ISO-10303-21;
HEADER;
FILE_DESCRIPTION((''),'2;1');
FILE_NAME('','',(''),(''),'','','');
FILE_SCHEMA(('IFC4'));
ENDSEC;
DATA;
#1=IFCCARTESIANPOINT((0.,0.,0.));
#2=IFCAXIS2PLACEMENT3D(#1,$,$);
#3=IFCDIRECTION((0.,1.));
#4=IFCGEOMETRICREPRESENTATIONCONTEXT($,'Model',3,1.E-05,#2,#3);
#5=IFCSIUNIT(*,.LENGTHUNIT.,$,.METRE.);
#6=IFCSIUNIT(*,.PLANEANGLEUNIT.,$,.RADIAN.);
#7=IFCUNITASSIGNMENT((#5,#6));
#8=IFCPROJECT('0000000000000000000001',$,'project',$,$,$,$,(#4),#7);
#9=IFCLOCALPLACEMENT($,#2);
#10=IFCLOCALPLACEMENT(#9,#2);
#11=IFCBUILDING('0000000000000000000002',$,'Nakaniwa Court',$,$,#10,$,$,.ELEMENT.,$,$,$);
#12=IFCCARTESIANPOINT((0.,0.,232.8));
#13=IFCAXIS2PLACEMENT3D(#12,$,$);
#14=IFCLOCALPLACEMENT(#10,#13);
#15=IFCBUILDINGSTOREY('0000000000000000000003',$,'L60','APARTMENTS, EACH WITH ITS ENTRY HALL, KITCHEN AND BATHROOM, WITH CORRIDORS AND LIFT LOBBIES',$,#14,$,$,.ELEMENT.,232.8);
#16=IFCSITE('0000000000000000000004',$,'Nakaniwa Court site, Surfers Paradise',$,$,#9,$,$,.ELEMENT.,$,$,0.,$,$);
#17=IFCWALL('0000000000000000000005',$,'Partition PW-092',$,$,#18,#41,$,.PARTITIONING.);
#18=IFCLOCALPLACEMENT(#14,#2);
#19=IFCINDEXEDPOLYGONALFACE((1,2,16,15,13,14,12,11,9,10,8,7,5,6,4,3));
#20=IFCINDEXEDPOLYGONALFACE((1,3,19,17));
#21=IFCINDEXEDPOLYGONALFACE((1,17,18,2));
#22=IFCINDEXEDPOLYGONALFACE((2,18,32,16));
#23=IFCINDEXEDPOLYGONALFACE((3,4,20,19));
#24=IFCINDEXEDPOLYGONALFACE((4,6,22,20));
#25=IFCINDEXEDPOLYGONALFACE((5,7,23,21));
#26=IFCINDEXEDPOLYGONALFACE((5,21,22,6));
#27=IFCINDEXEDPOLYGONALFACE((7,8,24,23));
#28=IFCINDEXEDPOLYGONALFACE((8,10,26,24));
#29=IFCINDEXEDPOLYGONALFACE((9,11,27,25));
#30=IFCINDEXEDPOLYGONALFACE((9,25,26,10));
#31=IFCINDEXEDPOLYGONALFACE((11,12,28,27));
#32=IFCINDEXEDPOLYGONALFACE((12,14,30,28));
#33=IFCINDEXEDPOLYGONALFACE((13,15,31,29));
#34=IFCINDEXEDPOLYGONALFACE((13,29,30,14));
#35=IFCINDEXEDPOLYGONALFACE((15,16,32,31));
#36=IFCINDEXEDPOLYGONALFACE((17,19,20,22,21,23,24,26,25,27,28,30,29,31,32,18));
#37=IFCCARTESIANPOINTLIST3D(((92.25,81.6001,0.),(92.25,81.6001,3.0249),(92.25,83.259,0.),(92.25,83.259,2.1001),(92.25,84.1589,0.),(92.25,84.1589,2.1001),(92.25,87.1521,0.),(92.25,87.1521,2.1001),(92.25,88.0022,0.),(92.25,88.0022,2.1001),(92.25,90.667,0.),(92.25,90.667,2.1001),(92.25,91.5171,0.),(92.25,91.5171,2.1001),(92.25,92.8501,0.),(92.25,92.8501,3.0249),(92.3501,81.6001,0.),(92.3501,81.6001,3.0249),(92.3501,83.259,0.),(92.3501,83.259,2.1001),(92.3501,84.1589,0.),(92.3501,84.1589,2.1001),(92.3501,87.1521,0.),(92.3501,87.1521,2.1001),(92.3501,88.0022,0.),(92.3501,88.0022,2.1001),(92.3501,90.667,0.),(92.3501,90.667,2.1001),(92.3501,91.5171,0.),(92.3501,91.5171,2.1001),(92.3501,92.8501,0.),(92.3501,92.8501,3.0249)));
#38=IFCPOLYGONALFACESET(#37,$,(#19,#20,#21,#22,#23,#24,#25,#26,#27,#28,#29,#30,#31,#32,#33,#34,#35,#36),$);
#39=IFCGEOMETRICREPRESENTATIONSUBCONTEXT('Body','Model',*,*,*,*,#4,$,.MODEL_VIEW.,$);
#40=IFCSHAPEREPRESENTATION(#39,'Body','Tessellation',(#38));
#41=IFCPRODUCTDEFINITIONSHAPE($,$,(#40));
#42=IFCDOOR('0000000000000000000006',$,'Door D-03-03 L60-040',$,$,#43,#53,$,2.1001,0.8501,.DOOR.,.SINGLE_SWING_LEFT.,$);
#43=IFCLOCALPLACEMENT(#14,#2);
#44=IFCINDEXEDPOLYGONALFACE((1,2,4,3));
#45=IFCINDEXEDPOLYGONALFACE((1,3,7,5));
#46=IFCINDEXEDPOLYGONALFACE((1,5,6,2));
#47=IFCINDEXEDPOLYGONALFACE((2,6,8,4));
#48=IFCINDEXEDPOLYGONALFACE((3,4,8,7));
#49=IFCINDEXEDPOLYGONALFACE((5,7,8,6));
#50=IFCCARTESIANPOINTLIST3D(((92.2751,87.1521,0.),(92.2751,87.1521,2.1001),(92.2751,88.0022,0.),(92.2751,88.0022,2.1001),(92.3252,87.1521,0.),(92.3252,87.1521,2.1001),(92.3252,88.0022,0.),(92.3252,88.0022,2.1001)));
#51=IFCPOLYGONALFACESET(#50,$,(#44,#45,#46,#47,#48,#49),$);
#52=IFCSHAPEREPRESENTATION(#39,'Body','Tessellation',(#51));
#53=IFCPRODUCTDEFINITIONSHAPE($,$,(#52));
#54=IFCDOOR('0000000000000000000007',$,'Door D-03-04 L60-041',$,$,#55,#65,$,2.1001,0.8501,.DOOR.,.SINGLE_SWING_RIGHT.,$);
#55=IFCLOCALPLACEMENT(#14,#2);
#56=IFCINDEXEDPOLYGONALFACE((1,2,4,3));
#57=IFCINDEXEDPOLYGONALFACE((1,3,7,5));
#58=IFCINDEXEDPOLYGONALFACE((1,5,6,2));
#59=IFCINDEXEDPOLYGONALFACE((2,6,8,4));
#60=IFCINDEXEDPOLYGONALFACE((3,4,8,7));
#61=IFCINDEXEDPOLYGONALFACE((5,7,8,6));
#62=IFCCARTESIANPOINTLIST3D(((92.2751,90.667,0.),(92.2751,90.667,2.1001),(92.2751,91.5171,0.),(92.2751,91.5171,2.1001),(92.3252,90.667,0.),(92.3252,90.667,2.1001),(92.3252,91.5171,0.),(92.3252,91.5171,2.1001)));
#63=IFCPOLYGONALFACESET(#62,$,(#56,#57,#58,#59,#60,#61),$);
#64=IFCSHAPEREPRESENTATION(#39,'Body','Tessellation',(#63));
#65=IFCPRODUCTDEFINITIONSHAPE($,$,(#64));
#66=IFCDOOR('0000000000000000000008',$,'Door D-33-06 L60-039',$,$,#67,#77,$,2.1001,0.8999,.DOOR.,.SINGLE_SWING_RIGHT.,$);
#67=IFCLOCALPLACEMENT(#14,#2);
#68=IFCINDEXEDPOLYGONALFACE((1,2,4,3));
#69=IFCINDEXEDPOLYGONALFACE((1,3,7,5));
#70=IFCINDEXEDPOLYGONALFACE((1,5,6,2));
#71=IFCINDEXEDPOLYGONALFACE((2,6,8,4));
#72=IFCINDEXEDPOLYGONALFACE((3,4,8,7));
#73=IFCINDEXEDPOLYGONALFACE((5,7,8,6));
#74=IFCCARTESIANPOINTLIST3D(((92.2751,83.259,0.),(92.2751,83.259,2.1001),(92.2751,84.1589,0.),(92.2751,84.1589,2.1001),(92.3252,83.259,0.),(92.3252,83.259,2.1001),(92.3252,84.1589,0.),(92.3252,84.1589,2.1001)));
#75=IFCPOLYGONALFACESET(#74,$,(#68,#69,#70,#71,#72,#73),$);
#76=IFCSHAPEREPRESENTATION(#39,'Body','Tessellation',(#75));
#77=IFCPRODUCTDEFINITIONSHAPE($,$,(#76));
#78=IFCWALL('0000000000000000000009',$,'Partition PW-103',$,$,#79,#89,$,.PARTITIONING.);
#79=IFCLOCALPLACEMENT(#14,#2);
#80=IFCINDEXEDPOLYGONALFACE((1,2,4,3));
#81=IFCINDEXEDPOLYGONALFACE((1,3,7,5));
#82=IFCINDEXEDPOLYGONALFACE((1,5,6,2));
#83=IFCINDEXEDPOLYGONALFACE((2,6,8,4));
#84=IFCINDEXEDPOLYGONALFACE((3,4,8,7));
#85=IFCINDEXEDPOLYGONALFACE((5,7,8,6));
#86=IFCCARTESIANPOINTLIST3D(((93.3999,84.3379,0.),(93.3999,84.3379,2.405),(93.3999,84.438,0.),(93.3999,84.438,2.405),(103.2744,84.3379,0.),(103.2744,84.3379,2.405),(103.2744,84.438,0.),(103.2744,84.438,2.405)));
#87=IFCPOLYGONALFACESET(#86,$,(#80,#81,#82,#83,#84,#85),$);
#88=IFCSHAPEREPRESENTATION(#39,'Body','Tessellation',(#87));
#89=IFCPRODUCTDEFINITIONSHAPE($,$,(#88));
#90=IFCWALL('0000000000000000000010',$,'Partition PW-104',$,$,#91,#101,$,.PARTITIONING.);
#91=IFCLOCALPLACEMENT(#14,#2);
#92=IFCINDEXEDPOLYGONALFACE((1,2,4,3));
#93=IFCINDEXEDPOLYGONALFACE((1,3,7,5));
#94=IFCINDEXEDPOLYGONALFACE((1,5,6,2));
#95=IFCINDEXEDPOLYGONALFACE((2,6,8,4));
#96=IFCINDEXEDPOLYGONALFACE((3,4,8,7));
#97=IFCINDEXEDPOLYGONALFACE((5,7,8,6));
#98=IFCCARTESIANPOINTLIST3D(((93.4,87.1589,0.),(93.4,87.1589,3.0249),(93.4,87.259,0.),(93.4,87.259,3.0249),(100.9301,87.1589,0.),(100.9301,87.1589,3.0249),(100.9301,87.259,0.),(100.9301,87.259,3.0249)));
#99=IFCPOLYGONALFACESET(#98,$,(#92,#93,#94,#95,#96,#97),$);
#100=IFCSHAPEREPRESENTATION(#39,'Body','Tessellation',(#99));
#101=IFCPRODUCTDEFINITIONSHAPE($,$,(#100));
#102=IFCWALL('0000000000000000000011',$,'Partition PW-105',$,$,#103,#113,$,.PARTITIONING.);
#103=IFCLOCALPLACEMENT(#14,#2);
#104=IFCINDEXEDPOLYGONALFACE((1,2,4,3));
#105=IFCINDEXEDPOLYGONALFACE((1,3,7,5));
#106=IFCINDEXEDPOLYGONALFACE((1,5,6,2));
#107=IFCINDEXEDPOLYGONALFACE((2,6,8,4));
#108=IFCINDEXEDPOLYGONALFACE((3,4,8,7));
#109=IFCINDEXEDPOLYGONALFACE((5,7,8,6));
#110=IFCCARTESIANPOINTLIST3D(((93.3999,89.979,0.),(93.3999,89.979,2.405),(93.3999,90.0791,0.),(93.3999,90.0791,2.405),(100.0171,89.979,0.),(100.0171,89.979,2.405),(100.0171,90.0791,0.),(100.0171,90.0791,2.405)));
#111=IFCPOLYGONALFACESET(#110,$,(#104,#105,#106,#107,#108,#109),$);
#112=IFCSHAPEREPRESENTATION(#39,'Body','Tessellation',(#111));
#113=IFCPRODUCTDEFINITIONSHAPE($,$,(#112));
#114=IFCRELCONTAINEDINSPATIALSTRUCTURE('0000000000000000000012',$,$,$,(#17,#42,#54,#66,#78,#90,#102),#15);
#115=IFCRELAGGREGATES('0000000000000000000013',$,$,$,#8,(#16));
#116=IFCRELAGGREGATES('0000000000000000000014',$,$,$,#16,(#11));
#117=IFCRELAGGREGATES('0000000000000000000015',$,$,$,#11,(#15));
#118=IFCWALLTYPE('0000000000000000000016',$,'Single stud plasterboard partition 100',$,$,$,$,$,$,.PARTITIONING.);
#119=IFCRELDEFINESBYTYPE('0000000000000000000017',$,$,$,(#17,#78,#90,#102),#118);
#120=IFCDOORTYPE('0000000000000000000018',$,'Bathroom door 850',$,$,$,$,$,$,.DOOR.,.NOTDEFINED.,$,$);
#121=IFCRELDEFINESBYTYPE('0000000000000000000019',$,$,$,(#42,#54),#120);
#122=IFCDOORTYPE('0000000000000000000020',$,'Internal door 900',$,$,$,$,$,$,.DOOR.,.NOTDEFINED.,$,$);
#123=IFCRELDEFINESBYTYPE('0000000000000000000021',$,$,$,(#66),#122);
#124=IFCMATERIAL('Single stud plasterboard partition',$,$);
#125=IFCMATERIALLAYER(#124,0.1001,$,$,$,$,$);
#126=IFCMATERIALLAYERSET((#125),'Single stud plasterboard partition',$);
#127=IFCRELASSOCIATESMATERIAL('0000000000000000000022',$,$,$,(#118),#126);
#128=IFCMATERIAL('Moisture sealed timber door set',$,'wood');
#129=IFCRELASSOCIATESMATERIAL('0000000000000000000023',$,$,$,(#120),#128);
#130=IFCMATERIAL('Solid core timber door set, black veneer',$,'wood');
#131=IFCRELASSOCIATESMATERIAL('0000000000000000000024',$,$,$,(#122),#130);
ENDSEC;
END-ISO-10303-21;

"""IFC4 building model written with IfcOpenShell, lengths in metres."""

from ifc_helpers import new_model, si_unit, direction, frame, frame_2d, origin, place, context, subcontext, project, spatial, rectangle, extrude, material, layer, layer_set, type_object, element, fill, save


model = new_model("IFC4")

# Units and contexts
model_context = context("Model", 3, precision=1e-05, world=origin(), true_north=direction((0.0, 1.0)))
body_context = subcontext(model_context, "Body", "Model", "MODEL_VIEW")
ifc_project = project(units=[si_unit("LENGTHUNIT", "METRE"), si_unit("PLANEANGLEUNIT", "RADIAN")], contexts=[model_context])

# Site, building, storey
site_placement = place(None, origin())
site = spatial("IfcSite", under=ifc_project, at=site_placement, Name="Nakaniwa Court site, Surfers Paradise", CompositionType="ELEMENT", RefElevation=0.0)
building_placement = place(site_placement, origin())
building = spatial("IfcBuilding", under=site, at=building_placement, Name="Nakaniwa Court", CompositionType="ELEMENT")
storey_placement = place(building_placement, frame((0.0, 0.0, 232.8)))
storey = spatial("IfcBuildingStorey", under=building, at=storey_placement, Name="L60", Description="APARTMENTS, EACH WITH ITS ENTRY HALL, KITCHEN AND BATHROOM, WITH CORRIDORS AND LIFT LOBBIES", CompositionType="ELEMENT", Elevation=232.8)

# Wall, openings, doors
ifc_material_1 = material(Name="Single stud plasterboard partition")
ifc_layer_1 = layer(ifc_material_1, 0.1001)
ifc_layer_set_1 = layer_set([ifc_layer_1], Name="Single stud plasterboard partition")
wall_type_1 = type_object("IfcWallType", Name="Single stud plasterboard partition 100", PredefinedType="PARTITIONING", material=ifc_layer_set_1)
wall_1_placement = place(storey_placement, frame((92.3, 81.6001, 0.0), z_axis=(0.0, 0.0, 1.0), x_axis=(0.0, 1.0, 0.0)))
wall_1 = element("IfcWall", 1, at=wall_1_placement, inside=storey, type_object=wall_type_1, Name="Partition PW-092", PredefinedType="PARTITIONING", context=body_context, shape_type="SweptSolid", body=[
    extrude(rectangle(XDim=11.25, YDim=0.1001, at=frame_2d((5.625, 0.0))), origin(), (0.0, 0.0, 1.0), 3.0249),
])
opening_1_placement = place(wall_1_placement, frame((1.6589, 0.0, 0.0)))
opening_1 = element("IfcOpeningElement", 2, at=opening_1_placement, cuts=wall_1, PredefinedType="OPENING", context=body_context, shape_type="SweptSolid", body=[
    extrude(rectangle(XDim=0.8999, YDim=2.1001, at=frame_2d((0.45, 1.05))), frame((0.0, 0.0601, 0.0), z_axis=(0.0, -1.0, 0.0), x_axis=(1.0, 0.0, 0.0)), (0.0, 0.0, 1.0), 0.1201),
])
opening_2_placement = place(wall_1_placement, frame((5.552, 0.0, 0.0)))
opening_2 = element("IfcOpeningElement", 3, at=opening_2_placement, cuts=wall_1, PredefinedType="OPENING", context=body_context, shape_type="SweptSolid", body=[
    extrude(rectangle(XDim=0.8501, YDim=2.1001, at=frame_2d((0.425, 1.05))), frame((0.0, 0.0601, 0.0), z_axis=(0.0, -1.0, 0.0), x_axis=(1.0, 0.0, 0.0)), (0.0, 0.0, 1.0), 0.1201),
])
opening_3_placement = place(wall_1_placement, frame((9.0669, 0.0, 0.0)))
opening_3 = element("IfcOpeningElement", 4, at=opening_3_placement, cuts=wall_1, PredefinedType="OPENING", context=body_context, shape_type="SweptSolid", body=[
    extrude(rectangle(XDim=0.8501, YDim=2.1001, at=frame_2d((0.425, 1.05))), frame((0.0, 0.0601, 0.0), z_axis=(0.0, -1.0, 0.0), x_axis=(1.0, 0.0, 0.0)), (0.0, 0.0, 1.0), 0.1201),
])
ifc_material_2 = material(Name="Moisture sealed timber door set", Category="wood")
door_type_1 = type_object("IfcDoorType", Name="Bathroom door 850", OperationType="NOTDEFINED", PredefinedType="DOOR", material=ifc_material_2)
door_1_placement = place(opening_2_placement, origin())
door_1 = element("IfcDoor", 5, at=door_1_placement, inside=storey, type_object=door_type_1, Name="Door D-03-03 L60-040", OperationType="SINGLE_SWING_LEFT", OverallHeight=2.1001, OverallWidth=0.8501, PredefinedType="DOOR", context=body_context, shape_type="SweptSolid", body=[
    extrude(rectangle(XDim=0.8501, YDim=2.1001, at=frame_2d((0.425, 1.05))), frame((0.0, 0.0249, 0.0), z_axis=(0.0, -1.0, 0.0), x_axis=(1.0, 0.0, 0.0)), (0.0, 0.0, 1.0), 0.05),
])
fill(opening_2, door_1)
door_2_placement = place(opening_3_placement, origin())
door_2 = element("IfcDoor", 6, at=door_2_placement, inside=storey, type_object=door_type_1, Name="Door D-03-04 L60-041", OperationType="SINGLE_SWING_RIGHT", OverallHeight=2.1001, OverallWidth=0.8501, PredefinedType="DOOR", context=body_context, shape_type="SweptSolid", body=[
    extrude(rectangle(XDim=0.8501, YDim=2.1001, at=frame_2d((0.425, 1.05))), frame((0.0, 0.0249, 0.0), z_axis=(0.0, -1.0, 0.0), x_axis=(1.0, 0.0, 0.0)), (0.0, 0.0, 1.0), 0.05),
])
fill(opening_3, door_2)
ifc_material_3 = material(Name="Solid core timber door set, black veneer", Category="wood")
door_type_2 = type_object("IfcDoorType", Name="Internal door 900", OperationType="NOTDEFINED", PredefinedType="DOOR", material=ifc_material_3)
door_3_placement = place(opening_1_placement, origin())
door_3 = element("IfcDoor", 7, at=door_3_placement, inside=storey, type_object=door_type_2, Name="Door D-33-06 L60-039", OperationType="SINGLE_SWING_RIGHT", OverallHeight=2.1001, OverallWidth=0.8999, PredefinedType="DOOR", context=body_context, shape_type="SweptSolid", body=[
    extrude(rectangle(XDim=0.8999, YDim=2.1001, at=frame_2d((0.45, 1.05))), frame((0.0, 0.0249, 0.0), z_axis=(0.0, -1.0, 0.0), x_axis=(1.0, 0.0, 0.0)), (0.0, 0.0, 1.0), 0.05),
])
fill(opening_1, door_3)

# Walls
wall_2_placement = place(storey_placement, frame((93.3999, 84.3879, 0.0), z_axis=(0.0, 0.0, 1.0), x_axis=(1.0, 0.0, 0.0)))
element("IfcWall", 8, at=wall_2_placement, inside=storey, type_object=wall_type_1, Name="Partition PW-103", PredefinedType="PARTITIONING", context=body_context, shape_type="SweptSolid", body=[
    extrude(rectangle(XDim=9.8745, YDim=0.1001, at=frame_2d((4.9373, 0.0))), origin(), (0.0, 0.0, 1.0), 2.405),
])
wall_3_placement = place(storey_placement, frame((93.3999, 87.209, 0.0), z_axis=(0.0, 0.0, 1.0), x_axis=(1.0, 0.0, 0.0)))
element("IfcWall", 9, at=wall_3_placement, inside=storey, type_object=wall_type_1, Name="Partition PW-104", PredefinedType="PARTITIONING", context=body_context, shape_type="SweptSolid", body=[
    extrude(rectangle(XDim=7.53, YDim=0.1001, at=frame_2d((3.7651, 0.0))), origin(), (0.0, 0.0, 1.0), 3.0249),
])
wall_4_placement = place(storey_placement, frame((93.3999, 90.0291, 0.0), z_axis=(0.0, 0.0, 1.0), x_axis=(1.0, 0.0, 0.0)))
element("IfcWall", 10, at=wall_4_placement, inside=storey, type_object=wall_type_1, Name="Partition PW-105", PredefinedType="PARTITIONING", context=body_context, shape_type="SweptSolid", body=[
    extrude(rectangle(XDim=6.6172, YDim=0.1001, at=frame_2d((3.3086, 0.0))), origin(), (0.0, 0.0, 1.0), 2.405),
])

save(model, "model.ifc")
